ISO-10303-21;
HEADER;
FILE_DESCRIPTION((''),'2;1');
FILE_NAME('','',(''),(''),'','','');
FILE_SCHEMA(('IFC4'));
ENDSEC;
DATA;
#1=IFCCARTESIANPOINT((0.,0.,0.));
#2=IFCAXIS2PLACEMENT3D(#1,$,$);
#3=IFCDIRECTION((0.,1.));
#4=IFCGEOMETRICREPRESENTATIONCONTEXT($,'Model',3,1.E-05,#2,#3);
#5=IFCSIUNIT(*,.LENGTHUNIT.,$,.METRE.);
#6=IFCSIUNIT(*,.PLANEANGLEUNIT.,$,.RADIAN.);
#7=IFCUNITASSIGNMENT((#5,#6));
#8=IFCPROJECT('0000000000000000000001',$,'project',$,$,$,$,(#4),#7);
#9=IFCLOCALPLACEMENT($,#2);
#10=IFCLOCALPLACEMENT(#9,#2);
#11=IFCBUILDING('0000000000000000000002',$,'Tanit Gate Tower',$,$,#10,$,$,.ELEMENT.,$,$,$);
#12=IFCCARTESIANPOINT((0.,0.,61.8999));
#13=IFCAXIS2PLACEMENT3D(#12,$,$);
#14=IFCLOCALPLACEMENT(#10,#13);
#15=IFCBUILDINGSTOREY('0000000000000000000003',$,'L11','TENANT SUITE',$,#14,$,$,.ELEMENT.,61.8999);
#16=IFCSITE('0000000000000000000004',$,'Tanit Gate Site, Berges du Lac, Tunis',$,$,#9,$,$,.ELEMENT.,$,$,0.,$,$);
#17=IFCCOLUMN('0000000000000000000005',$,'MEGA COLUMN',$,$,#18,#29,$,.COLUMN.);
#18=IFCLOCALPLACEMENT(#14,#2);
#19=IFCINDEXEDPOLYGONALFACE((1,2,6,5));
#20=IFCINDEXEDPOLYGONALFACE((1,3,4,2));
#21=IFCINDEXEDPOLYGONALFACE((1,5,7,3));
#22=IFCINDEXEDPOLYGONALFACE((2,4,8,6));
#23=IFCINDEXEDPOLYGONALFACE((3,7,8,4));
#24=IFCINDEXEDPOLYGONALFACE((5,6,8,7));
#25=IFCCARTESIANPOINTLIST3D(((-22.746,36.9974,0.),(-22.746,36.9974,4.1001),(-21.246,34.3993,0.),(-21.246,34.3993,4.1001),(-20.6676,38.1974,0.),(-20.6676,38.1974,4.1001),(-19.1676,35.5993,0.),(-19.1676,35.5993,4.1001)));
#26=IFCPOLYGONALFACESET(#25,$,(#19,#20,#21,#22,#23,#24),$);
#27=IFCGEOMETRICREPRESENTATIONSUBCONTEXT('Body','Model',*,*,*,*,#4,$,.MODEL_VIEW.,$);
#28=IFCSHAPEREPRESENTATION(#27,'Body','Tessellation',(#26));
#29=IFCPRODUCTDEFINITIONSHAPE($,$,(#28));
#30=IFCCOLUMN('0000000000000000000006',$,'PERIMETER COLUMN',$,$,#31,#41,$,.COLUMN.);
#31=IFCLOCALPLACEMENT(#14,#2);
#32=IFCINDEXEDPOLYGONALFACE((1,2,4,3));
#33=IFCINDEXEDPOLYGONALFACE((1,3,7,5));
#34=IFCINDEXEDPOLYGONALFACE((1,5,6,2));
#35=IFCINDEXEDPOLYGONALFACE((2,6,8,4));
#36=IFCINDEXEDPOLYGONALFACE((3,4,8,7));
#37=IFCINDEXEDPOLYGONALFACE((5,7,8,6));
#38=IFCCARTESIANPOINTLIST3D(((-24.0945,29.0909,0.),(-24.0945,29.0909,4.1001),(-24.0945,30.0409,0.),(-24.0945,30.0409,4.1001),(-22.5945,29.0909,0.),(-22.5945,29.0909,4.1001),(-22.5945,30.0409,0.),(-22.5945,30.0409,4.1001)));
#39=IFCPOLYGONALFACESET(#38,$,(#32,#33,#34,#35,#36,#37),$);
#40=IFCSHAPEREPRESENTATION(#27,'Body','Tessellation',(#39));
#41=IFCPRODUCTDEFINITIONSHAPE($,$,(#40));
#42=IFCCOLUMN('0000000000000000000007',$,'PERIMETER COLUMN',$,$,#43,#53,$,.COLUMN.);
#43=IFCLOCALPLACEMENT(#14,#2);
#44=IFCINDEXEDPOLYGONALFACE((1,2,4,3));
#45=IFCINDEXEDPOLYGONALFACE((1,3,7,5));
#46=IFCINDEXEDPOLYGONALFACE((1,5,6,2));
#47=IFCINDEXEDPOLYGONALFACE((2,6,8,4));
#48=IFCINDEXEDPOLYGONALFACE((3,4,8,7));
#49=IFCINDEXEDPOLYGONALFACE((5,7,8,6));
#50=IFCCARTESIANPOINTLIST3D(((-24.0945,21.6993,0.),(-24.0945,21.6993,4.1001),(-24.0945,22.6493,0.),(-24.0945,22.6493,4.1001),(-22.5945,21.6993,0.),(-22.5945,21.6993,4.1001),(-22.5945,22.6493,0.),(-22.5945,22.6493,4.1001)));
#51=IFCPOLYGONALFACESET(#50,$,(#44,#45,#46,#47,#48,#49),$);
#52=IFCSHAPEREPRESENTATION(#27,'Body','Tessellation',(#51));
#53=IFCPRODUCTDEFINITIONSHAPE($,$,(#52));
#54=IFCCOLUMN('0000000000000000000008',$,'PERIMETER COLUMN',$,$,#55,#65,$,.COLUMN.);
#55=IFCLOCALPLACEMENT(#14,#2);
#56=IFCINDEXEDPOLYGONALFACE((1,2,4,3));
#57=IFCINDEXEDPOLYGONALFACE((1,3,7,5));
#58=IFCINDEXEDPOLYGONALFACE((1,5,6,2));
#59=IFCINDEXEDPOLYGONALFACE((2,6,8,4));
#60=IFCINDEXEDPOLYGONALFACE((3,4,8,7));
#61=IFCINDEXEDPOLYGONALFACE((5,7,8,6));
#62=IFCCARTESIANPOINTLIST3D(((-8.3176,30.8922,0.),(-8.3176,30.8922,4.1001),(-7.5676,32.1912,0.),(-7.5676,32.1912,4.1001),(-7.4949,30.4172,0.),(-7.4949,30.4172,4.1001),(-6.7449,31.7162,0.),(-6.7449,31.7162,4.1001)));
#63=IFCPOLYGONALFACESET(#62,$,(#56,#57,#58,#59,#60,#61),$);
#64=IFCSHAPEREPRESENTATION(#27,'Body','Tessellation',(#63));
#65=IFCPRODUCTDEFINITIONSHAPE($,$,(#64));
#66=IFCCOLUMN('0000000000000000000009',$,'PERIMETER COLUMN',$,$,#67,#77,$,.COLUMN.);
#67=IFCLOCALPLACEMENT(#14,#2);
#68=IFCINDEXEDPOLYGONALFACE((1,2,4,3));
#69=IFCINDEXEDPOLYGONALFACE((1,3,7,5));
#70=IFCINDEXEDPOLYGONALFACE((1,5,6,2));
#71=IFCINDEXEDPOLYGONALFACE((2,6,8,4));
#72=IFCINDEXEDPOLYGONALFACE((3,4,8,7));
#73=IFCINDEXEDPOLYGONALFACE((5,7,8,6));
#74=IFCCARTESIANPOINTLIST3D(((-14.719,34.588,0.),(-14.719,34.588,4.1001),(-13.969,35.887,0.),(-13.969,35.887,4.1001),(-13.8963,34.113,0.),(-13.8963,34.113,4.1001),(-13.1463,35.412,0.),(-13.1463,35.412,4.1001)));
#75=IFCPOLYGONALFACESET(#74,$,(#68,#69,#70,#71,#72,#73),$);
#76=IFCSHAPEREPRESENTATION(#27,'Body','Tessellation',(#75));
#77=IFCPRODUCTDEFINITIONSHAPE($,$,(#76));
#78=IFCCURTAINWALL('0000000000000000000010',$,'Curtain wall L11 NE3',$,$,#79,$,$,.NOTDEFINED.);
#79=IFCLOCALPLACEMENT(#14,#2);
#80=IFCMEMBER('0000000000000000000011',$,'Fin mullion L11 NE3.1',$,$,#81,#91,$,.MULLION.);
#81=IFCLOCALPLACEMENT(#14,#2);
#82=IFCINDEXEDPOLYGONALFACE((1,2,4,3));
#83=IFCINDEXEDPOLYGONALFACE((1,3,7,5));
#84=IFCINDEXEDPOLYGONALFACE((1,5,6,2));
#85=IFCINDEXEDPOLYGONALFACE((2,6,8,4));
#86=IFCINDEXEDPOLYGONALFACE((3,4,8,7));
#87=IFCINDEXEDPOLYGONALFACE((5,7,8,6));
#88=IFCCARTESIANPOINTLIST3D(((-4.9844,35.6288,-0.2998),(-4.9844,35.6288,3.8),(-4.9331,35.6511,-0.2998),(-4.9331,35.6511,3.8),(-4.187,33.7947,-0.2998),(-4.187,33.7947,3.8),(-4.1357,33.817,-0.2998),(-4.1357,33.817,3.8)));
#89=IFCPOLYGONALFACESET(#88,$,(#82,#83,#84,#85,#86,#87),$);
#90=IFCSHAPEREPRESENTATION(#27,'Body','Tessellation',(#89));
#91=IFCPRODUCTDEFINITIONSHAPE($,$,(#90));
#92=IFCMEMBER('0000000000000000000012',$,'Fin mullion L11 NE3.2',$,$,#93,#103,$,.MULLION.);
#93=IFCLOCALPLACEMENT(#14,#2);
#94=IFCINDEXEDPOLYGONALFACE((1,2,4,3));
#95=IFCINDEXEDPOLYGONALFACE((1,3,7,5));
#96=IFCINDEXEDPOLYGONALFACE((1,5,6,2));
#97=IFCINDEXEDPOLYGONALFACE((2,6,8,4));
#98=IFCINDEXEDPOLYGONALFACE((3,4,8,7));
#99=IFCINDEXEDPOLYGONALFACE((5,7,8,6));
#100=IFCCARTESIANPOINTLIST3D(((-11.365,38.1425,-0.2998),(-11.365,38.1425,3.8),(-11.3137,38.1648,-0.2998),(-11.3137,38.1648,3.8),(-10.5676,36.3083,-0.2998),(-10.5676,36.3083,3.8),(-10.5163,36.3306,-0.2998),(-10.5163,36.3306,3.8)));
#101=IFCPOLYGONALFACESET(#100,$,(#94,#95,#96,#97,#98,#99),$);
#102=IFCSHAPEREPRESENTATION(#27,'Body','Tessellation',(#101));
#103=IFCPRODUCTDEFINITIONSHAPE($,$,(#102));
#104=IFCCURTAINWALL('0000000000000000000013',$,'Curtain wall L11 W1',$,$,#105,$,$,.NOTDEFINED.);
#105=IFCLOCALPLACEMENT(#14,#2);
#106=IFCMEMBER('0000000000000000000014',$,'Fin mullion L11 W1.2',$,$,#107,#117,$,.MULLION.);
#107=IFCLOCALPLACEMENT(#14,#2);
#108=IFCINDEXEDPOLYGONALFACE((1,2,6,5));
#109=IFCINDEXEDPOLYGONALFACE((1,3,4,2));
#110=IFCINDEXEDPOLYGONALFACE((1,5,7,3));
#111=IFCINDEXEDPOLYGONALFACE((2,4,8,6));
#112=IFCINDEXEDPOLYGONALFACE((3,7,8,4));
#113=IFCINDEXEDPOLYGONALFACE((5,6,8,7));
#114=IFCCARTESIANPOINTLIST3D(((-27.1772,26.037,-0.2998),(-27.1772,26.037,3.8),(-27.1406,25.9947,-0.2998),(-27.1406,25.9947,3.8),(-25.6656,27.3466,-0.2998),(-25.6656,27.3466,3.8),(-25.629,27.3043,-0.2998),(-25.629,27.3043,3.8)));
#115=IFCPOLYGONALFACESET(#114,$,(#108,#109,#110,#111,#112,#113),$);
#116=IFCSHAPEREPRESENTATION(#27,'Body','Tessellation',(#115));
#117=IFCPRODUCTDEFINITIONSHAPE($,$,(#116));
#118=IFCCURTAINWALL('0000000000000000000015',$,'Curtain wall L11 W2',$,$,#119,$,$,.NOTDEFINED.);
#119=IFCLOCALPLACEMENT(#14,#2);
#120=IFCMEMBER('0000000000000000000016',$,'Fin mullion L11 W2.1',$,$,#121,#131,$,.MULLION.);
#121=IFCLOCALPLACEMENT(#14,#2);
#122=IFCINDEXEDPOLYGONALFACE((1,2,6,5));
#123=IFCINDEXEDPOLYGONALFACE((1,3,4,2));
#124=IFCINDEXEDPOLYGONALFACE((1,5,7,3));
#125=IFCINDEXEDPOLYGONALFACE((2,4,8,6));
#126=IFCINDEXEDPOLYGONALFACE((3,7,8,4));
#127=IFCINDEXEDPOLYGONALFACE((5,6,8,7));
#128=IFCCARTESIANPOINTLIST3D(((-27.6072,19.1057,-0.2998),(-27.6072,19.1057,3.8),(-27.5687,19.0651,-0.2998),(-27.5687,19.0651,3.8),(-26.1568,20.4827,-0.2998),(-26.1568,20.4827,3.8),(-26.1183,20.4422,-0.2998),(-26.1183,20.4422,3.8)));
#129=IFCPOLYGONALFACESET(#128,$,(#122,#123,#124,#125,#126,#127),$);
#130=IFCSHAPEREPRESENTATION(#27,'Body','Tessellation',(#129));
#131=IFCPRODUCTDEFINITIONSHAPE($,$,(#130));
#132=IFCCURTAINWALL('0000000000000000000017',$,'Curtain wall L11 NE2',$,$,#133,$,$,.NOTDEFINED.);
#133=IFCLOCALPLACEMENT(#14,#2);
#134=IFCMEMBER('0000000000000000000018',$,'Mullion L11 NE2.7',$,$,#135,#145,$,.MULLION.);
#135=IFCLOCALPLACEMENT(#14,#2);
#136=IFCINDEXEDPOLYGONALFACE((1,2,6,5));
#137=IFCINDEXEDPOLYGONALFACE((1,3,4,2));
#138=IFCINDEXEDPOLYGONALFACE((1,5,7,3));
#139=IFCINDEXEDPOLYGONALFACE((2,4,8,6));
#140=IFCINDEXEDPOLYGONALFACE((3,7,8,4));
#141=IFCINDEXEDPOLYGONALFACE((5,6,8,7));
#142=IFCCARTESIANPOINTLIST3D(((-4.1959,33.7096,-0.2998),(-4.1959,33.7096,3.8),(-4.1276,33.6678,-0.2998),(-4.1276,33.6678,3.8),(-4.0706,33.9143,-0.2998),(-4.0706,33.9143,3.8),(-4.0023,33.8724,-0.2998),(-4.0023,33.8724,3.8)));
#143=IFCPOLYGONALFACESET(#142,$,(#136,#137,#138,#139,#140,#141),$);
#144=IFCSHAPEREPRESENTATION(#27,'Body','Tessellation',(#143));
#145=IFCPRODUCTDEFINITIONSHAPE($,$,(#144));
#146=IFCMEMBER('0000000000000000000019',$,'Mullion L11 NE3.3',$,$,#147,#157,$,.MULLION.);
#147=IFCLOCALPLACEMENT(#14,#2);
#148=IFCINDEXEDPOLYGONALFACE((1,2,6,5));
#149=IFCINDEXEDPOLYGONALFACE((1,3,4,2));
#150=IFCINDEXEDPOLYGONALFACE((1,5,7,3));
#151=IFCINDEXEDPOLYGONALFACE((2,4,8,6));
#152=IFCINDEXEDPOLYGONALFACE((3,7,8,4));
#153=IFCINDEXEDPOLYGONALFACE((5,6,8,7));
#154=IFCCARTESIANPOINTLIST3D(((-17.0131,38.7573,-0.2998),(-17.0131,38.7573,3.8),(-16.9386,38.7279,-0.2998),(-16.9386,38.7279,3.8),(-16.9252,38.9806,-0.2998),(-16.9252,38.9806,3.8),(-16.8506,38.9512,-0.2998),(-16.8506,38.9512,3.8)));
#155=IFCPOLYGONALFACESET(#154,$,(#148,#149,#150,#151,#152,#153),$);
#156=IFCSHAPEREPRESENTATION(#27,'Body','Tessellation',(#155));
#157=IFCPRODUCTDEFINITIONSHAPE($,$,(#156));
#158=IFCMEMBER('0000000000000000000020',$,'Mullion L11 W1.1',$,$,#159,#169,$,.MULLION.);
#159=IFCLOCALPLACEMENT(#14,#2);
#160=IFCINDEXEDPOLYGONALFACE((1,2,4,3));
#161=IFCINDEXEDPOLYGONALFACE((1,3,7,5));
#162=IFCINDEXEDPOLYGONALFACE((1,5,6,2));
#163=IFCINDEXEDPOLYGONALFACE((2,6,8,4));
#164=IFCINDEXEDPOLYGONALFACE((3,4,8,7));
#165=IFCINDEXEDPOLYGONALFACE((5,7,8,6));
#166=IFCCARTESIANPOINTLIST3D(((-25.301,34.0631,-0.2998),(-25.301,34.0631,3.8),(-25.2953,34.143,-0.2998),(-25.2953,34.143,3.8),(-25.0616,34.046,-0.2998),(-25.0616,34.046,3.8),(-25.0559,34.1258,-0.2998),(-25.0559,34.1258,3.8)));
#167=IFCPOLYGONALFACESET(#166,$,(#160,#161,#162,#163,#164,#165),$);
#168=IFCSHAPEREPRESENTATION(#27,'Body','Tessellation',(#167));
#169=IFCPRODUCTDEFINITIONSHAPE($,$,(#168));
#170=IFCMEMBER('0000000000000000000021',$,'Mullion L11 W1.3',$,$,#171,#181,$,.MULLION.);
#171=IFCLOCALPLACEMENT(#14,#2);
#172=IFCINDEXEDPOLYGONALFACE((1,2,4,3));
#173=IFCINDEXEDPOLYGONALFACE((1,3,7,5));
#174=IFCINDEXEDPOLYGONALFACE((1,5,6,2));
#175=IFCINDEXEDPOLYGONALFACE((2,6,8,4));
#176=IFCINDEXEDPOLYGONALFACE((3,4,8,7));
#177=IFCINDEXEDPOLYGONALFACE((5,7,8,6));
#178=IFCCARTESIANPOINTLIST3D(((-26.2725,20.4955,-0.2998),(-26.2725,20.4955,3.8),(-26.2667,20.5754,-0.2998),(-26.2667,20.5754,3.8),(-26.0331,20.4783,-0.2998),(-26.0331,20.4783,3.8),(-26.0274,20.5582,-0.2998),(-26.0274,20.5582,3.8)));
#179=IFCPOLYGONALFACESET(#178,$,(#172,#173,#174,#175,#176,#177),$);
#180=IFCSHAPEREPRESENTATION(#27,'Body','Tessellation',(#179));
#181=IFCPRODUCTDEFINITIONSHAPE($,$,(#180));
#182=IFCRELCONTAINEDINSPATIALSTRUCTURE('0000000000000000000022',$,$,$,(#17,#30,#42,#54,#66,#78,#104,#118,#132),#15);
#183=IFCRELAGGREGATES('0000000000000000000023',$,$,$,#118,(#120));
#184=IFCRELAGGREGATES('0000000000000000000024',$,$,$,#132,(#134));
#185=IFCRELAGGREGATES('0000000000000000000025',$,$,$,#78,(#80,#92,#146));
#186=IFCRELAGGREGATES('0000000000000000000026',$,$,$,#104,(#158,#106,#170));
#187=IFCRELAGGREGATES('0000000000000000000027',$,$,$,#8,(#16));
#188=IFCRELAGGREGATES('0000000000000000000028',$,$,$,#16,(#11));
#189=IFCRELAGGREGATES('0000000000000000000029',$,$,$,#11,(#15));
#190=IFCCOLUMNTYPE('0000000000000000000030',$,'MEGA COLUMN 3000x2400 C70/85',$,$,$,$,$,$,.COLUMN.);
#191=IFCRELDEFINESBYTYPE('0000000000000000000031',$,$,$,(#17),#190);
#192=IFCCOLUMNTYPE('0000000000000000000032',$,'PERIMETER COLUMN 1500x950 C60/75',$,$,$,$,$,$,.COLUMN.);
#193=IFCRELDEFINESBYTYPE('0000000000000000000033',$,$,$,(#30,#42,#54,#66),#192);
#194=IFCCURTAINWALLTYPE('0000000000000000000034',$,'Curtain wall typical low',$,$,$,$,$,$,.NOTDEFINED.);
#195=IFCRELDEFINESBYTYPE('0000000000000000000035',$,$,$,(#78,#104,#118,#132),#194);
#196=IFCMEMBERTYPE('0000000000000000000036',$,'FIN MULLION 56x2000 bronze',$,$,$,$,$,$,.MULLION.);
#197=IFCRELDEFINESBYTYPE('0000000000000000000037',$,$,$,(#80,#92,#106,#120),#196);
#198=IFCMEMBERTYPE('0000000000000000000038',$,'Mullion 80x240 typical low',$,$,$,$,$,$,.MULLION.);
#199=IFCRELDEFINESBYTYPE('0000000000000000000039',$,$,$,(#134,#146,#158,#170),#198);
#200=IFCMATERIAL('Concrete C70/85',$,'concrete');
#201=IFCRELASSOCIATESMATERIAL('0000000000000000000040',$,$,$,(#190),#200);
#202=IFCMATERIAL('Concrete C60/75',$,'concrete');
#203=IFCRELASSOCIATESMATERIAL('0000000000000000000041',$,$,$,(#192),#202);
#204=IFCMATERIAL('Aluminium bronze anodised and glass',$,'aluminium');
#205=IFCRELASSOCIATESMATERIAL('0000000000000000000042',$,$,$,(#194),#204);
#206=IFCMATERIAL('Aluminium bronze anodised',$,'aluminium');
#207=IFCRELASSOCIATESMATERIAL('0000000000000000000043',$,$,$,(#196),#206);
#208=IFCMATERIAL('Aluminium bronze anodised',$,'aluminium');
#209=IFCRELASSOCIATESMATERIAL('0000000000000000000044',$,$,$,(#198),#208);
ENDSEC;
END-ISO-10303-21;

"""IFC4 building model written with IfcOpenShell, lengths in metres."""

from ifc_helpers import new_model, si_unit, direction, frame, origin, origin_2d, place, context, subcontext, project, spatial, rectangle, extrude, material, material_profile, profile_set, type_object, element, aggregate, save


model = new_model("IFC4")

# Units and contexts
model_context = context("Model", 3, precision=1e-05, world=origin(), true_north=direction((0.0, 1.0)))
body_context = subcontext(model_context, "Body", "Model", "MODEL_VIEW")
ifc_project = project(units=[si_unit("LENGTHUNIT", "METRE"), si_unit("PLANEANGLEUNIT", "RADIAN")], contexts=[model_context])

# Site, building, storey
site_placement = place(None, origin())
site = spatial("IfcSite", under=ifc_project, at=site_placement, Name="Tanit Gate Site, Berges du Lac, Tunis", CompositionType="ELEMENT", RefElevation=0.0)
building_placement = place(site_placement, origin())
building = spatial("IfcBuilding", under=site, at=building_placement, Name="Tanit Gate Tower", CompositionType="ELEMENT")
storey_placement = place(building_placement, frame((0.0, 0.0, 61.8999)))
storey = spatial("IfcBuildingStorey", under=building, at=storey_placement, Name="L11", Description="TENANT SUITE", CompositionType="ELEMENT", Elevation=61.8999)

# Columns
ifc_material_1 = material(Name="Concrete C70/85", Category="concrete")
ifc_material_profile_1 = material_profile(ifc_material_1, rectangle(XDim=3.0, YDim=2.3999, at=origin_2d()), Name="RC 3000x2400")
ifc_profile_set_1 = profile_set([ifc_material_profile_1], Name="Concrete C70/85")
column_type_1 = type_object("IfcColumnType", Name="MEGA COLUMN 3000x2400 C70/85", PredefinedType="COLUMN", material=ifc_profile_set_1)
column_placement = place(storey_placement, frame((-20.9568, 36.2983, 0.0), z_axis=(0.0, 0.0, 1.0), x_axis=(-0.5, 0.866025, 0.0)))
element("IfcColumn", 1, at=column_placement, inside=storey, type_object=column_type_1, Name="MEGA COLUMN", PredefinedType="COLUMN", context=body_context, shape_type="SweptSolid", body=[
    extrude(rectangle(XDim=3.0, YDim=2.3999, at=origin_2d()), origin(), (0.0, 0.0, 1.0), 4.1001),
])
ifc_material_2 = material(Name="Concrete C60/75", Category="concrete")
ifc_material_profile_2 = material_profile(ifc_material_2, rectangle(XDim=1.5, YDim=0.95, at=origin_2d()), Name="RC 1500x950")
ifc_profile_set_2 = profile_set([ifc_material_profile_2], Name="Concrete C60/75")
column_type_2 = type_object("IfcColumnType", Name="PERIMETER COLUMN 1500x950 C60/75", PredefinedType="COLUMN", material=ifc_profile_set_2)
for number, where, z_axis, x_axis, name in (
    (2, (-23.3445, 29.5659, 0.0), (0.0, 0.0, 1.0), (-1.0, 0.0, 0.0), "PERIMETER COLUMN"),
    (3, (-23.3445, 22.1743, 0.0), (0.0, 0.0, 1.0), (-1.0, 0.0, 0.0), "PERIMETER COLUMN"),
    (4, (-7.5312, 31.3042, 0.0), (0.0, 0.0, 1.0), (0.5, 0.866025, 0.0), "PERIMETER COLUMN"),
    (5, (-13.9326, 35.0, 0.0), (0.0, 0.0, 1.0), (0.5, 0.866025, 0.0), "PERIMETER COLUMN"),
):
    element("IfcColumn", number, at=place(storey_placement, frame(where, z_axis=z_axis, x_axis=x_axis)), inside=storey, type_object=column_type_2, Name=name, PredefinedType="COLUMN", context=body_context, shape_type="SweptSolid", body=[
        extrude(rectangle(XDim=1.5, YDim=0.95, at=origin_2d()), origin(), (0.0, 0.0, 1.0), 4.1001),
    ])

# Curtain wall, members
ifc_material_3 = material(Name="Aluminium bronze anodised and glass", Category="aluminium")
curtain_wall_type = type_object("IfcCurtainWallType", Name="Curtain wall typical low", PredefinedType="NOTDEFINED", material=ifc_material_3)
curtain_wall_1_placement = place(storey_placement, origin())
curtain_wall_1 = element("IfcCurtainWall", 6, at=curtain_wall_1_placement, inside=storey, type_object=curtain_wall_type, Name="Curtain wall L11 NE3", PredefinedType="NOTDEFINED")
ifc_material_4 = material(Name="Aluminium bronze anodised", Category="aluminium")
ifc_material_profile_3 = material_profile(ifc_material_4, rectangle(XDim=2.0, YDim=0.0559, at=origin_2d()), Name="56x2000 bronze fin mullion")
ifc_profile_set_3 = profile_set([ifc_material_profile_3], Name="Aluminium bronze anodised")
member_type_1 = type_object("IfcMemberType", Name="FIN MULLION 56x2000 bronze", PredefinedType="MULLION", material=ifc_profile_set_3)
member_1_placement = place(storey_placement, frame((-4.5601, 34.7229, -0.2998), z_axis=(0.0, 0.0, 1.0), x_axis=(0.398703, -0.91708, 0.0)))
member_1 = element("IfcMember", 7, at=member_1_placement, type_object=member_type_1, Name="Fin mullion L11 NE3.1", PredefinedType="MULLION", context=body_context, shape_type="SweptSolid", body=[
    extrude(rectangle(XDim=2.0, YDim=0.0559, at=origin_2d()), origin(), (0.0, 0.0, 1.0), 4.0999),
])
member_2_placement = place(storey_placement, frame((-10.9407, 37.2366, -0.2998), z_axis=(0.0, 0.0, 1.0), x_axis=(0.398703, -0.91708, 0.0)))
member_2 = element("IfcMember", 8, at=member_2_placement, type_object=member_type_1, Name="Fin mullion L11 NE3.2", PredefinedType="MULLION", context=body_context, shape_type="SweptSolid", body=[
    extrude(rectangle(XDim=2.0, YDim=0.0559, at=origin_2d()), origin(), (0.0, 0.0, 1.0), 4.0999),
])

# Curtain walls, members
curtain_wall_2_placement = place(storey_placement, origin())
curtain_wall_2 = element("IfcCurtainWall", 9, at=curtain_wall_2_placement, inside=storey, type_object=curtain_wall_type, Name="Curtain wall L11 W1", PredefinedType="NOTDEFINED")
member_3_placement = place(storey_placement, frame((-26.4031, 26.6707, -0.2998), z_axis=(0.0, 0.0, 1.0), x_axis=(0.755802, 0.6548, 0.0)))
member_3 = element("IfcMember", 10, at=member_3_placement, type_object=member_type_1, Name="Fin mullion L11 W1.2", PredefinedType="MULLION", context=body_context, shape_type="SweptSolid", body=[
    extrude(rectangle(XDim=2.0, YDim=0.0559, at=origin_2d()), origin(), (0.0, 0.0, 1.0), 4.0999),
])
curtain_wall_3_placement = place(storey_placement, origin())
curtain_wall_3 = element("IfcCurtainWall", 11, at=curtain_wall_3_placement, inside=storey, type_object=curtain_wall_type, Name="Curtain wall L11 W2", PredefinedType="NOTDEFINED")
member_4_placement = place(storey_placement, frame((-26.8628, 19.7739, -0.2998), z_axis=(0.0, 0.0, 1.0), x_axis=(0.7252, 0.688538, 0.0)))
member_4 = element("IfcMember", 12, at=member_4_placement, type_object=member_type_1, Name="Fin mullion L11 W2.1", PredefinedType="MULLION", context=body_context, shape_type="SweptSolid", body=[
    extrude(rectangle(XDim=2.0, YDim=0.0559, at=origin_2d()), origin(), (0.0, 0.0, 1.0), 4.0999),
])
curtain_wall_4_placement = place(storey_placement, origin())
curtain_wall_4 = element("IfcCurtainWall", 13, at=curtain_wall_4_placement, inside=storey, type_object=curtain_wall_type, Name="Curtain wall L11 NE2", PredefinedType="NOTDEFINED")
ifc_material_5 = material(Name="Aluminium bronze anodised", Category="aluminium")
ifc_material_profile_4 = material_profile(ifc_material_5, rectangle(XDim=0.24, YDim=0.0801, at=origin_2d()), Name="80x240 bronze mullion")
ifc_profile_set_4 = profile_set([ifc_material_profile_4], Name="Aluminium bronze anodised")
member_type_2 = type_object("IfcMemberType", Name="Mullion 80x240 typical low", PredefinedType="MULLION", material=ifc_profile_set_4)
member_5_placement = place(storey_placement, frame((-4.0991, 33.791, -0.2998), z_axis=(0.0, 0.0, 1.0), x_axis=(-0.522283, -0.852772, 0.0)))
member_5 = element("IfcMember", 14, at=member_5_placement, type_object=member_type_2, Name="Mullion L11 NE2.7", PredefinedType="MULLION", context=body_context, shape_type="SweptSolid", body=[
    extrude(rectangle(XDim=0.24, YDim=0.0801, at=origin_2d()), origin(), (0.0, 0.0, 1.0), 4.0999),
])

# Members
member_6_placement = place(storey_placement, frame((-16.9319, 38.8542, -0.2998), z_axis=(0.0, 0.0, 1.0), x_axis=(-0.366548, -0.930399, 0.0)))
member_6 = element("IfcMember", 15, at=member_6_placement, type_object=member_type_2, Name="Mullion L11 NE3.3", PredefinedType="MULLION", context=body_context, shape_type="SweptSolid", body=[
    extrude(rectangle(XDim=0.24, YDim=0.0801, at=origin_2d()), origin(), (0.0, 0.0, 1.0), 4.0999),
])
member_7_placement = place(storey_placement, frame((-25.1785, 34.0945, -0.2998), z_axis=(0.0, 0.0, 1.0), x_axis=(0.997446, -0.071419, 0.0)))
member_7 = element("IfcMember", 16, at=member_7_placement, type_object=member_type_2, Name="Mullion L11 W1.1", PredefinedType="MULLION", context=body_context, shape_type="SweptSolid", body=[
    extrude(rectangle(XDim=0.24, YDim=0.0801, at=origin_2d()), origin(), (0.0, 0.0, 1.0), 4.0999),
])
member_8_placement = place(storey_placement, frame((-26.1499, 20.5269, -0.2998), z_axis=(0.0, 0.0, 1.0), x_axis=(0.997446, -0.071419, 0.0)))
member_8 = element("IfcMember", 17, at=member_8_placement, type_object=member_type_2, Name="Mullion L11 W1.3", PredefinedType="MULLION", context=body_context, shape_type="SweptSolid", body=[
    extrude(rectangle(XDim=0.24, YDim=0.0801, at=origin_2d()), origin(), (0.0, 0.0, 1.0), 4.0999),
])

aggregate(curtain_wall_3, [member_4])

aggregate(curtain_wall_4, [member_5])
aggregate(curtain_wall_1, [member_1, member_2, member_6])
aggregate(curtain_wall_2, [member_7, member_3, member_8])

save(model, "model.ifc")
